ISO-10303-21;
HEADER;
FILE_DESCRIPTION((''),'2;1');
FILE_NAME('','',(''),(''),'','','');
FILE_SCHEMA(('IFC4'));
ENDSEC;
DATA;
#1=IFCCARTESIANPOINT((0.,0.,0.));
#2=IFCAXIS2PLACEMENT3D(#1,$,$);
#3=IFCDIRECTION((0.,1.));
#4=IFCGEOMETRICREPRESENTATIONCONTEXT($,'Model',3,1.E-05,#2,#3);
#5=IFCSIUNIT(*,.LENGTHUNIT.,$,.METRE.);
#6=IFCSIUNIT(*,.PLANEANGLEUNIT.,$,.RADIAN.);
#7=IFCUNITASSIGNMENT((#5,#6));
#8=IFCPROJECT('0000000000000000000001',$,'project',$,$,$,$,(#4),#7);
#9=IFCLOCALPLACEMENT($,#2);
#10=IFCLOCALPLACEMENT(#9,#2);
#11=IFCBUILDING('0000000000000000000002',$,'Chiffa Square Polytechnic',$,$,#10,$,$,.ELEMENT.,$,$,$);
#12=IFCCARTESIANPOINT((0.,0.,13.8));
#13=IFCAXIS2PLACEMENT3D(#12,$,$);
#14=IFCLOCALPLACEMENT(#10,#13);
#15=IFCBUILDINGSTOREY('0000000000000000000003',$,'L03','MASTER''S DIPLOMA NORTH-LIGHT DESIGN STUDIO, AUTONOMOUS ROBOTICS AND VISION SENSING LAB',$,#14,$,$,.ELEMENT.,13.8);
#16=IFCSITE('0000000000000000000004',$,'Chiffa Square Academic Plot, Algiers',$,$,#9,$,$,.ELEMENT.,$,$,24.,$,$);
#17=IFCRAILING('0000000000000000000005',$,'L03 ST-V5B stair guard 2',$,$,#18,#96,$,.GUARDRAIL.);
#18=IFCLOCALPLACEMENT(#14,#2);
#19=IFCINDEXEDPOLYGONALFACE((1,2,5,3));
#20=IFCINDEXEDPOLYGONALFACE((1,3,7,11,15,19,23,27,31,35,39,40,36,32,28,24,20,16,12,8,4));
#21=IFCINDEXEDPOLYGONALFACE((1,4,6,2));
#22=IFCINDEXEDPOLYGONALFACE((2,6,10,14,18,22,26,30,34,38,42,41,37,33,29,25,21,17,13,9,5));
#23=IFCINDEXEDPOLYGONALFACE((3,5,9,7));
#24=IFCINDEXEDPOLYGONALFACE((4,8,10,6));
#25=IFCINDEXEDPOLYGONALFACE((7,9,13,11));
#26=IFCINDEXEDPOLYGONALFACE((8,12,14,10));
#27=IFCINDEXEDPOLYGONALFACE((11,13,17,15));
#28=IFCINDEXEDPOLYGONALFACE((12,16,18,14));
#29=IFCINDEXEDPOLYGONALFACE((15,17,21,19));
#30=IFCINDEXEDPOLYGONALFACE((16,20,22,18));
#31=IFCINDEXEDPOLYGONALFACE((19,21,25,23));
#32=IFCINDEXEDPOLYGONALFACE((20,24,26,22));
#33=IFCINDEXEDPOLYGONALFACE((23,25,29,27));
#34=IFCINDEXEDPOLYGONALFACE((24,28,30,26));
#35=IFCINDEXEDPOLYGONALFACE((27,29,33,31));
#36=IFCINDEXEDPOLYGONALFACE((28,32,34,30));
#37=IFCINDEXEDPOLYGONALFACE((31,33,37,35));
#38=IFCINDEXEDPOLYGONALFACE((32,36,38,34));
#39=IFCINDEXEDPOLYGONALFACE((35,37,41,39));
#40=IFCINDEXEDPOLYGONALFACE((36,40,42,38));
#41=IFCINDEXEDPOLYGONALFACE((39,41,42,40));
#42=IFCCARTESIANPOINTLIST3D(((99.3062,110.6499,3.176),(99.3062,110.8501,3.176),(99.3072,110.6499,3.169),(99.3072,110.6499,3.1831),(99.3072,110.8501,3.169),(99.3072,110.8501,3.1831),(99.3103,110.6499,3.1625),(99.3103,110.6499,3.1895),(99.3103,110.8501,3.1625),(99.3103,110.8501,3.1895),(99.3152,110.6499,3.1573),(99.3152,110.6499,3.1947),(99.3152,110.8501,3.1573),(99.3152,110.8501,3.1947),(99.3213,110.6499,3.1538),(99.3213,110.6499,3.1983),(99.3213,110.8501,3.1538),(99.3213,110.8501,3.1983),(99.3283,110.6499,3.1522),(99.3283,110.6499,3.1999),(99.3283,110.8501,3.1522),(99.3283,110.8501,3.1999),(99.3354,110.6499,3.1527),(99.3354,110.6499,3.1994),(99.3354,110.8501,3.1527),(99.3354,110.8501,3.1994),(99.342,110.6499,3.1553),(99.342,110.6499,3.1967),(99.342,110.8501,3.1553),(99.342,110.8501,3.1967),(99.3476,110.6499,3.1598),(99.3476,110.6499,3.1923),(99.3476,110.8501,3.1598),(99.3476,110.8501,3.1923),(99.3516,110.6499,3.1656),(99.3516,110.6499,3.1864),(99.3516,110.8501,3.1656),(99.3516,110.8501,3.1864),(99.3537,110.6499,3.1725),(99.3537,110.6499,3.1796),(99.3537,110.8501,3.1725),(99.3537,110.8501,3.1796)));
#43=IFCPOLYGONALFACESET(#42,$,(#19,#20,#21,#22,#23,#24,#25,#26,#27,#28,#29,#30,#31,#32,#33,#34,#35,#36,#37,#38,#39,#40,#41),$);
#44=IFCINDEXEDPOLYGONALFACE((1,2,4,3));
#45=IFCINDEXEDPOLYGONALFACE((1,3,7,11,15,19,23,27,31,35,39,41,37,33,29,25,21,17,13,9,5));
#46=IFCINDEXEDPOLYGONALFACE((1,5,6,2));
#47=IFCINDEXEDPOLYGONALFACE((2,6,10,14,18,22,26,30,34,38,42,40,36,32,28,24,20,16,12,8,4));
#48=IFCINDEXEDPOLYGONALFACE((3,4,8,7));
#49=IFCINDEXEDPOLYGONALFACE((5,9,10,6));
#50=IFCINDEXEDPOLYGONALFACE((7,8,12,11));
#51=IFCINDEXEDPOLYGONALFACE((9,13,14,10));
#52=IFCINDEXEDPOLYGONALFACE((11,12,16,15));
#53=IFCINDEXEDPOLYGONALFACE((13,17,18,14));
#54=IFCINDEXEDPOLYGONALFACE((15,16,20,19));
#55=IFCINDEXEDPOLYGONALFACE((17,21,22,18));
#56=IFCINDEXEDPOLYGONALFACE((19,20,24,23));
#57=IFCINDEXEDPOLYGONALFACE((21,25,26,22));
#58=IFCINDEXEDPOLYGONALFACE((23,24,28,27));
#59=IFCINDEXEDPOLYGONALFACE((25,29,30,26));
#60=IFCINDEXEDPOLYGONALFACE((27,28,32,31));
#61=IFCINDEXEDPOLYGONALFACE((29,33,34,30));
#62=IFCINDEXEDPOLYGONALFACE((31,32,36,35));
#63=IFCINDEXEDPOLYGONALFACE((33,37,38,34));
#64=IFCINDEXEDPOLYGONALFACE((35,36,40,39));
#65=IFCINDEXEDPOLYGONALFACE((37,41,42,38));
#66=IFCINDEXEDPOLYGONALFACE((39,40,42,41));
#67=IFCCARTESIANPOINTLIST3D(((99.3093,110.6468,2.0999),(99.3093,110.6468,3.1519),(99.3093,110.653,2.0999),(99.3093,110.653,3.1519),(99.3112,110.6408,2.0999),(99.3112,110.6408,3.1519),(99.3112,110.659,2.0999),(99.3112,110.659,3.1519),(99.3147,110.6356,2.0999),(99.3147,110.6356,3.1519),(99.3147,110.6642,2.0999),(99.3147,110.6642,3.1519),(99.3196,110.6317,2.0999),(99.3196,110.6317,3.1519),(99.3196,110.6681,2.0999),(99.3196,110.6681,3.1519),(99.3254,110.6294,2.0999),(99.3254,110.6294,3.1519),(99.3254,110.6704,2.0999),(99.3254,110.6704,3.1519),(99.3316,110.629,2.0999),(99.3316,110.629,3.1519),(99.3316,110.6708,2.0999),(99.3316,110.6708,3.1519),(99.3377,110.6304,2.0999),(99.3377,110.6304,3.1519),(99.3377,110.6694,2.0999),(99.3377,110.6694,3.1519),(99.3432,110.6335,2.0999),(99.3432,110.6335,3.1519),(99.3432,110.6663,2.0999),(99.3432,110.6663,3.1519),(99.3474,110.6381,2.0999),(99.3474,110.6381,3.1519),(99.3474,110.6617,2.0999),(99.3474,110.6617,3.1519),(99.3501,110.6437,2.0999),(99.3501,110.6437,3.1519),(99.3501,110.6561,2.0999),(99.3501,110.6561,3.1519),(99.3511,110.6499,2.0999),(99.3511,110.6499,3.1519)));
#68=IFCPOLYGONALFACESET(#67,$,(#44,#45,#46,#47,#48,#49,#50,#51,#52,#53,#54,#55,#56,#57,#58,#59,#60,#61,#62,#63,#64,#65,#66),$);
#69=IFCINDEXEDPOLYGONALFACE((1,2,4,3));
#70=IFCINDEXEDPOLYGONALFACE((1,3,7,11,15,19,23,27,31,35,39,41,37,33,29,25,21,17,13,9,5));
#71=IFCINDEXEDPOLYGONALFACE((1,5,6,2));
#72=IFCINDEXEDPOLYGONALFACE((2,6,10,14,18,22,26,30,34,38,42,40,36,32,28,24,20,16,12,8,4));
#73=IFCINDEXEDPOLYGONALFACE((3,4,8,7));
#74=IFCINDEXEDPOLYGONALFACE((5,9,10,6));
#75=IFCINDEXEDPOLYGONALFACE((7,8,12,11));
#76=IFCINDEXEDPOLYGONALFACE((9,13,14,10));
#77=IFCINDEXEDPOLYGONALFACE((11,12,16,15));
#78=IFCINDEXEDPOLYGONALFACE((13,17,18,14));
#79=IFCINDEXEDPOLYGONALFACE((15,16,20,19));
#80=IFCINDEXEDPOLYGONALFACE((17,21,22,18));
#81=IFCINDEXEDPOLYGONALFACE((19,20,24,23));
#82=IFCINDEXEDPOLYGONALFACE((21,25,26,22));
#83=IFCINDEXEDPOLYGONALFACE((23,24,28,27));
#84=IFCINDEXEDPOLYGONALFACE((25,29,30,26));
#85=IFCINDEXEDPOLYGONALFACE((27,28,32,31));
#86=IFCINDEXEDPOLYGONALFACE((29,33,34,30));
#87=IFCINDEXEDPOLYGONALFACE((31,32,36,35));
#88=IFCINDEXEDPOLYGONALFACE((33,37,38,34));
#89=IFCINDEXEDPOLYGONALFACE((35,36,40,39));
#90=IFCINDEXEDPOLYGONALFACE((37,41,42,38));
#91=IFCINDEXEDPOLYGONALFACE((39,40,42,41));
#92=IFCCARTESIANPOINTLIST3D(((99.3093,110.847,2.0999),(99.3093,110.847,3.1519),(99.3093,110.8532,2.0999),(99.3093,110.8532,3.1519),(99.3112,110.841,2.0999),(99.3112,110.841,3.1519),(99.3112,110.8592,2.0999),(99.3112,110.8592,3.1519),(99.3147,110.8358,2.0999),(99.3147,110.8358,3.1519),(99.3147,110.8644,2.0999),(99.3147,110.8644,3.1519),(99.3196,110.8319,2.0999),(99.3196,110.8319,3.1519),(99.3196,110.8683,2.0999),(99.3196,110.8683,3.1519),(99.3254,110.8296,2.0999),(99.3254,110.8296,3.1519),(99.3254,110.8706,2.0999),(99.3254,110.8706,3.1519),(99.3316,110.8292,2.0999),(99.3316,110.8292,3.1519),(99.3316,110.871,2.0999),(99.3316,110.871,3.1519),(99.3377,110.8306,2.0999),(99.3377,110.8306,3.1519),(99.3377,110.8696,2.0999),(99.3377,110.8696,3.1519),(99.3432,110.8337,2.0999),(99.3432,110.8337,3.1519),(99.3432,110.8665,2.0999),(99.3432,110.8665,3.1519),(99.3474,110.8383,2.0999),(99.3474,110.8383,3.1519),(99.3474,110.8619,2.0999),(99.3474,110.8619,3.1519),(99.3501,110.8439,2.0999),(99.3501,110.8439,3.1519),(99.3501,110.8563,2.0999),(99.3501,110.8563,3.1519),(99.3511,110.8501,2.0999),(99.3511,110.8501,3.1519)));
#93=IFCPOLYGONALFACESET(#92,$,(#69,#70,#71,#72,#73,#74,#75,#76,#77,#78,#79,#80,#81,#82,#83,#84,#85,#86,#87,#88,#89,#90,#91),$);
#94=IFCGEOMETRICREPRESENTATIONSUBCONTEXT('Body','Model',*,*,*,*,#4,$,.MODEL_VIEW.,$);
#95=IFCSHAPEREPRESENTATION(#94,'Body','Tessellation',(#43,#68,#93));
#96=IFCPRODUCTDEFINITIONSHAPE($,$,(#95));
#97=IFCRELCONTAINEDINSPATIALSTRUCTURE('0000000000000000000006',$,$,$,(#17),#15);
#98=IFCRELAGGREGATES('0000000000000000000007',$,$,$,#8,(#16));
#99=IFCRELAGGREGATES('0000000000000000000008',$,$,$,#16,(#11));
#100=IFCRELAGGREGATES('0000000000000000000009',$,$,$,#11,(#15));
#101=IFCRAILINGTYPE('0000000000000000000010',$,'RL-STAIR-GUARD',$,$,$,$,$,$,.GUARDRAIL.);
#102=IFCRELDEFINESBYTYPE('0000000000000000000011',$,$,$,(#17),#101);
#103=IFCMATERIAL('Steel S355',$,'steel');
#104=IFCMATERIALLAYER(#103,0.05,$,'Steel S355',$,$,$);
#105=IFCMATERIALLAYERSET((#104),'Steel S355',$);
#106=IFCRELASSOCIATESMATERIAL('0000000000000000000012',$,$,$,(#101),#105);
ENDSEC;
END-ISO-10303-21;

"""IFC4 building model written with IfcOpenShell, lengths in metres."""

from ifc_helpers import new_model, si_unit, direction, frame, origin, origin_2d, place, context, subcontext, project, spatial, circle, extrude, material, layer, layer_set, type_object, element, save


model = new_model("IFC4")

# Units and contexts
model_context = context("Model", 3, precision=1e-05, world=origin(), true_north=direction((0.0, 1.0)))
body_context = subcontext(model_context, "Body", "Model", "MODEL_VIEW")
ifc_project = project(units=[si_unit("LENGTHUNIT", "METRE"), si_unit("PLANEANGLEUNIT", "RADIAN")], contexts=[model_context])

# Site, building, storey
site_placement = place(None, origin())
site = spatial("IfcSite", under=ifc_project, at=site_placement, Name="Chiffa Square Academic Plot, Algiers", CompositionType="ELEMENT", RefElevation=24.0)
building_placement = place(site_placement, origin())
building = spatial("IfcBuilding", under=site, at=building_placement, Name="Chiffa Square Polytechnic", CompositionType="ELEMENT")
storey_placement = place(building_placement, frame((0.0, 0.0, 13.8)))
storey = spatial("IfcBuildingStorey", under=building, at=storey_placement, Name="L03", Description="MASTER'S DIPLOMA NORTH-LIGHT DESIGN STUDIO, AUTONOMOUS ROBOTICS AND VISION SENSING LAB", CompositionType="ELEMENT", Elevation=13.8)

# Railing
ifc_material_1 = material(Name="Steel S355", Category="steel")
ifc_layer_1 = layer(ifc_material_1, 0.05, Name="Steel S355")
ifc_layer_set_1 = layer_set([ifc_layer_1], Name="Steel S355")
railing_type_1 = type_object("IfcRailingType", Name="RL-STAIR-GUARD", PredefinedType="GUARDRAIL", material=ifc_layer_set_1)
railing_1_placement = place(storey_placement, frame((99.3301, 110.6499, 2.0999)))
element("IfcRailing", 1, at=railing_1_placement, inside=storey, type_object=railing_type_1, Name="L03 ST-V5B stair guard 2", PredefinedType="GUARDRAIL", context=body_context, shape_type="SweptSolid", body=[
    extrude(circle(Radius=0.0239, at=origin_2d()), frame((0.0, 0.0, 1.0762), z_axis=(0.0, 1.0, 0.0), x_axis=(-1.0, 0.0, 0.0)), (0.0, 0.0, 1.0), 0.2002),
    extrude(circle(Radius=0.021, at=origin_2d()), origin(), (0.0, 0.0, 1.0), 1.052),
    extrude(circle(Radius=0.021, at=origin_2d()), frame((0.0, 0.2002, 0.0)), (0.0, 0.0, 1.0), 1.052),
])

save(model, "model.ifc")
